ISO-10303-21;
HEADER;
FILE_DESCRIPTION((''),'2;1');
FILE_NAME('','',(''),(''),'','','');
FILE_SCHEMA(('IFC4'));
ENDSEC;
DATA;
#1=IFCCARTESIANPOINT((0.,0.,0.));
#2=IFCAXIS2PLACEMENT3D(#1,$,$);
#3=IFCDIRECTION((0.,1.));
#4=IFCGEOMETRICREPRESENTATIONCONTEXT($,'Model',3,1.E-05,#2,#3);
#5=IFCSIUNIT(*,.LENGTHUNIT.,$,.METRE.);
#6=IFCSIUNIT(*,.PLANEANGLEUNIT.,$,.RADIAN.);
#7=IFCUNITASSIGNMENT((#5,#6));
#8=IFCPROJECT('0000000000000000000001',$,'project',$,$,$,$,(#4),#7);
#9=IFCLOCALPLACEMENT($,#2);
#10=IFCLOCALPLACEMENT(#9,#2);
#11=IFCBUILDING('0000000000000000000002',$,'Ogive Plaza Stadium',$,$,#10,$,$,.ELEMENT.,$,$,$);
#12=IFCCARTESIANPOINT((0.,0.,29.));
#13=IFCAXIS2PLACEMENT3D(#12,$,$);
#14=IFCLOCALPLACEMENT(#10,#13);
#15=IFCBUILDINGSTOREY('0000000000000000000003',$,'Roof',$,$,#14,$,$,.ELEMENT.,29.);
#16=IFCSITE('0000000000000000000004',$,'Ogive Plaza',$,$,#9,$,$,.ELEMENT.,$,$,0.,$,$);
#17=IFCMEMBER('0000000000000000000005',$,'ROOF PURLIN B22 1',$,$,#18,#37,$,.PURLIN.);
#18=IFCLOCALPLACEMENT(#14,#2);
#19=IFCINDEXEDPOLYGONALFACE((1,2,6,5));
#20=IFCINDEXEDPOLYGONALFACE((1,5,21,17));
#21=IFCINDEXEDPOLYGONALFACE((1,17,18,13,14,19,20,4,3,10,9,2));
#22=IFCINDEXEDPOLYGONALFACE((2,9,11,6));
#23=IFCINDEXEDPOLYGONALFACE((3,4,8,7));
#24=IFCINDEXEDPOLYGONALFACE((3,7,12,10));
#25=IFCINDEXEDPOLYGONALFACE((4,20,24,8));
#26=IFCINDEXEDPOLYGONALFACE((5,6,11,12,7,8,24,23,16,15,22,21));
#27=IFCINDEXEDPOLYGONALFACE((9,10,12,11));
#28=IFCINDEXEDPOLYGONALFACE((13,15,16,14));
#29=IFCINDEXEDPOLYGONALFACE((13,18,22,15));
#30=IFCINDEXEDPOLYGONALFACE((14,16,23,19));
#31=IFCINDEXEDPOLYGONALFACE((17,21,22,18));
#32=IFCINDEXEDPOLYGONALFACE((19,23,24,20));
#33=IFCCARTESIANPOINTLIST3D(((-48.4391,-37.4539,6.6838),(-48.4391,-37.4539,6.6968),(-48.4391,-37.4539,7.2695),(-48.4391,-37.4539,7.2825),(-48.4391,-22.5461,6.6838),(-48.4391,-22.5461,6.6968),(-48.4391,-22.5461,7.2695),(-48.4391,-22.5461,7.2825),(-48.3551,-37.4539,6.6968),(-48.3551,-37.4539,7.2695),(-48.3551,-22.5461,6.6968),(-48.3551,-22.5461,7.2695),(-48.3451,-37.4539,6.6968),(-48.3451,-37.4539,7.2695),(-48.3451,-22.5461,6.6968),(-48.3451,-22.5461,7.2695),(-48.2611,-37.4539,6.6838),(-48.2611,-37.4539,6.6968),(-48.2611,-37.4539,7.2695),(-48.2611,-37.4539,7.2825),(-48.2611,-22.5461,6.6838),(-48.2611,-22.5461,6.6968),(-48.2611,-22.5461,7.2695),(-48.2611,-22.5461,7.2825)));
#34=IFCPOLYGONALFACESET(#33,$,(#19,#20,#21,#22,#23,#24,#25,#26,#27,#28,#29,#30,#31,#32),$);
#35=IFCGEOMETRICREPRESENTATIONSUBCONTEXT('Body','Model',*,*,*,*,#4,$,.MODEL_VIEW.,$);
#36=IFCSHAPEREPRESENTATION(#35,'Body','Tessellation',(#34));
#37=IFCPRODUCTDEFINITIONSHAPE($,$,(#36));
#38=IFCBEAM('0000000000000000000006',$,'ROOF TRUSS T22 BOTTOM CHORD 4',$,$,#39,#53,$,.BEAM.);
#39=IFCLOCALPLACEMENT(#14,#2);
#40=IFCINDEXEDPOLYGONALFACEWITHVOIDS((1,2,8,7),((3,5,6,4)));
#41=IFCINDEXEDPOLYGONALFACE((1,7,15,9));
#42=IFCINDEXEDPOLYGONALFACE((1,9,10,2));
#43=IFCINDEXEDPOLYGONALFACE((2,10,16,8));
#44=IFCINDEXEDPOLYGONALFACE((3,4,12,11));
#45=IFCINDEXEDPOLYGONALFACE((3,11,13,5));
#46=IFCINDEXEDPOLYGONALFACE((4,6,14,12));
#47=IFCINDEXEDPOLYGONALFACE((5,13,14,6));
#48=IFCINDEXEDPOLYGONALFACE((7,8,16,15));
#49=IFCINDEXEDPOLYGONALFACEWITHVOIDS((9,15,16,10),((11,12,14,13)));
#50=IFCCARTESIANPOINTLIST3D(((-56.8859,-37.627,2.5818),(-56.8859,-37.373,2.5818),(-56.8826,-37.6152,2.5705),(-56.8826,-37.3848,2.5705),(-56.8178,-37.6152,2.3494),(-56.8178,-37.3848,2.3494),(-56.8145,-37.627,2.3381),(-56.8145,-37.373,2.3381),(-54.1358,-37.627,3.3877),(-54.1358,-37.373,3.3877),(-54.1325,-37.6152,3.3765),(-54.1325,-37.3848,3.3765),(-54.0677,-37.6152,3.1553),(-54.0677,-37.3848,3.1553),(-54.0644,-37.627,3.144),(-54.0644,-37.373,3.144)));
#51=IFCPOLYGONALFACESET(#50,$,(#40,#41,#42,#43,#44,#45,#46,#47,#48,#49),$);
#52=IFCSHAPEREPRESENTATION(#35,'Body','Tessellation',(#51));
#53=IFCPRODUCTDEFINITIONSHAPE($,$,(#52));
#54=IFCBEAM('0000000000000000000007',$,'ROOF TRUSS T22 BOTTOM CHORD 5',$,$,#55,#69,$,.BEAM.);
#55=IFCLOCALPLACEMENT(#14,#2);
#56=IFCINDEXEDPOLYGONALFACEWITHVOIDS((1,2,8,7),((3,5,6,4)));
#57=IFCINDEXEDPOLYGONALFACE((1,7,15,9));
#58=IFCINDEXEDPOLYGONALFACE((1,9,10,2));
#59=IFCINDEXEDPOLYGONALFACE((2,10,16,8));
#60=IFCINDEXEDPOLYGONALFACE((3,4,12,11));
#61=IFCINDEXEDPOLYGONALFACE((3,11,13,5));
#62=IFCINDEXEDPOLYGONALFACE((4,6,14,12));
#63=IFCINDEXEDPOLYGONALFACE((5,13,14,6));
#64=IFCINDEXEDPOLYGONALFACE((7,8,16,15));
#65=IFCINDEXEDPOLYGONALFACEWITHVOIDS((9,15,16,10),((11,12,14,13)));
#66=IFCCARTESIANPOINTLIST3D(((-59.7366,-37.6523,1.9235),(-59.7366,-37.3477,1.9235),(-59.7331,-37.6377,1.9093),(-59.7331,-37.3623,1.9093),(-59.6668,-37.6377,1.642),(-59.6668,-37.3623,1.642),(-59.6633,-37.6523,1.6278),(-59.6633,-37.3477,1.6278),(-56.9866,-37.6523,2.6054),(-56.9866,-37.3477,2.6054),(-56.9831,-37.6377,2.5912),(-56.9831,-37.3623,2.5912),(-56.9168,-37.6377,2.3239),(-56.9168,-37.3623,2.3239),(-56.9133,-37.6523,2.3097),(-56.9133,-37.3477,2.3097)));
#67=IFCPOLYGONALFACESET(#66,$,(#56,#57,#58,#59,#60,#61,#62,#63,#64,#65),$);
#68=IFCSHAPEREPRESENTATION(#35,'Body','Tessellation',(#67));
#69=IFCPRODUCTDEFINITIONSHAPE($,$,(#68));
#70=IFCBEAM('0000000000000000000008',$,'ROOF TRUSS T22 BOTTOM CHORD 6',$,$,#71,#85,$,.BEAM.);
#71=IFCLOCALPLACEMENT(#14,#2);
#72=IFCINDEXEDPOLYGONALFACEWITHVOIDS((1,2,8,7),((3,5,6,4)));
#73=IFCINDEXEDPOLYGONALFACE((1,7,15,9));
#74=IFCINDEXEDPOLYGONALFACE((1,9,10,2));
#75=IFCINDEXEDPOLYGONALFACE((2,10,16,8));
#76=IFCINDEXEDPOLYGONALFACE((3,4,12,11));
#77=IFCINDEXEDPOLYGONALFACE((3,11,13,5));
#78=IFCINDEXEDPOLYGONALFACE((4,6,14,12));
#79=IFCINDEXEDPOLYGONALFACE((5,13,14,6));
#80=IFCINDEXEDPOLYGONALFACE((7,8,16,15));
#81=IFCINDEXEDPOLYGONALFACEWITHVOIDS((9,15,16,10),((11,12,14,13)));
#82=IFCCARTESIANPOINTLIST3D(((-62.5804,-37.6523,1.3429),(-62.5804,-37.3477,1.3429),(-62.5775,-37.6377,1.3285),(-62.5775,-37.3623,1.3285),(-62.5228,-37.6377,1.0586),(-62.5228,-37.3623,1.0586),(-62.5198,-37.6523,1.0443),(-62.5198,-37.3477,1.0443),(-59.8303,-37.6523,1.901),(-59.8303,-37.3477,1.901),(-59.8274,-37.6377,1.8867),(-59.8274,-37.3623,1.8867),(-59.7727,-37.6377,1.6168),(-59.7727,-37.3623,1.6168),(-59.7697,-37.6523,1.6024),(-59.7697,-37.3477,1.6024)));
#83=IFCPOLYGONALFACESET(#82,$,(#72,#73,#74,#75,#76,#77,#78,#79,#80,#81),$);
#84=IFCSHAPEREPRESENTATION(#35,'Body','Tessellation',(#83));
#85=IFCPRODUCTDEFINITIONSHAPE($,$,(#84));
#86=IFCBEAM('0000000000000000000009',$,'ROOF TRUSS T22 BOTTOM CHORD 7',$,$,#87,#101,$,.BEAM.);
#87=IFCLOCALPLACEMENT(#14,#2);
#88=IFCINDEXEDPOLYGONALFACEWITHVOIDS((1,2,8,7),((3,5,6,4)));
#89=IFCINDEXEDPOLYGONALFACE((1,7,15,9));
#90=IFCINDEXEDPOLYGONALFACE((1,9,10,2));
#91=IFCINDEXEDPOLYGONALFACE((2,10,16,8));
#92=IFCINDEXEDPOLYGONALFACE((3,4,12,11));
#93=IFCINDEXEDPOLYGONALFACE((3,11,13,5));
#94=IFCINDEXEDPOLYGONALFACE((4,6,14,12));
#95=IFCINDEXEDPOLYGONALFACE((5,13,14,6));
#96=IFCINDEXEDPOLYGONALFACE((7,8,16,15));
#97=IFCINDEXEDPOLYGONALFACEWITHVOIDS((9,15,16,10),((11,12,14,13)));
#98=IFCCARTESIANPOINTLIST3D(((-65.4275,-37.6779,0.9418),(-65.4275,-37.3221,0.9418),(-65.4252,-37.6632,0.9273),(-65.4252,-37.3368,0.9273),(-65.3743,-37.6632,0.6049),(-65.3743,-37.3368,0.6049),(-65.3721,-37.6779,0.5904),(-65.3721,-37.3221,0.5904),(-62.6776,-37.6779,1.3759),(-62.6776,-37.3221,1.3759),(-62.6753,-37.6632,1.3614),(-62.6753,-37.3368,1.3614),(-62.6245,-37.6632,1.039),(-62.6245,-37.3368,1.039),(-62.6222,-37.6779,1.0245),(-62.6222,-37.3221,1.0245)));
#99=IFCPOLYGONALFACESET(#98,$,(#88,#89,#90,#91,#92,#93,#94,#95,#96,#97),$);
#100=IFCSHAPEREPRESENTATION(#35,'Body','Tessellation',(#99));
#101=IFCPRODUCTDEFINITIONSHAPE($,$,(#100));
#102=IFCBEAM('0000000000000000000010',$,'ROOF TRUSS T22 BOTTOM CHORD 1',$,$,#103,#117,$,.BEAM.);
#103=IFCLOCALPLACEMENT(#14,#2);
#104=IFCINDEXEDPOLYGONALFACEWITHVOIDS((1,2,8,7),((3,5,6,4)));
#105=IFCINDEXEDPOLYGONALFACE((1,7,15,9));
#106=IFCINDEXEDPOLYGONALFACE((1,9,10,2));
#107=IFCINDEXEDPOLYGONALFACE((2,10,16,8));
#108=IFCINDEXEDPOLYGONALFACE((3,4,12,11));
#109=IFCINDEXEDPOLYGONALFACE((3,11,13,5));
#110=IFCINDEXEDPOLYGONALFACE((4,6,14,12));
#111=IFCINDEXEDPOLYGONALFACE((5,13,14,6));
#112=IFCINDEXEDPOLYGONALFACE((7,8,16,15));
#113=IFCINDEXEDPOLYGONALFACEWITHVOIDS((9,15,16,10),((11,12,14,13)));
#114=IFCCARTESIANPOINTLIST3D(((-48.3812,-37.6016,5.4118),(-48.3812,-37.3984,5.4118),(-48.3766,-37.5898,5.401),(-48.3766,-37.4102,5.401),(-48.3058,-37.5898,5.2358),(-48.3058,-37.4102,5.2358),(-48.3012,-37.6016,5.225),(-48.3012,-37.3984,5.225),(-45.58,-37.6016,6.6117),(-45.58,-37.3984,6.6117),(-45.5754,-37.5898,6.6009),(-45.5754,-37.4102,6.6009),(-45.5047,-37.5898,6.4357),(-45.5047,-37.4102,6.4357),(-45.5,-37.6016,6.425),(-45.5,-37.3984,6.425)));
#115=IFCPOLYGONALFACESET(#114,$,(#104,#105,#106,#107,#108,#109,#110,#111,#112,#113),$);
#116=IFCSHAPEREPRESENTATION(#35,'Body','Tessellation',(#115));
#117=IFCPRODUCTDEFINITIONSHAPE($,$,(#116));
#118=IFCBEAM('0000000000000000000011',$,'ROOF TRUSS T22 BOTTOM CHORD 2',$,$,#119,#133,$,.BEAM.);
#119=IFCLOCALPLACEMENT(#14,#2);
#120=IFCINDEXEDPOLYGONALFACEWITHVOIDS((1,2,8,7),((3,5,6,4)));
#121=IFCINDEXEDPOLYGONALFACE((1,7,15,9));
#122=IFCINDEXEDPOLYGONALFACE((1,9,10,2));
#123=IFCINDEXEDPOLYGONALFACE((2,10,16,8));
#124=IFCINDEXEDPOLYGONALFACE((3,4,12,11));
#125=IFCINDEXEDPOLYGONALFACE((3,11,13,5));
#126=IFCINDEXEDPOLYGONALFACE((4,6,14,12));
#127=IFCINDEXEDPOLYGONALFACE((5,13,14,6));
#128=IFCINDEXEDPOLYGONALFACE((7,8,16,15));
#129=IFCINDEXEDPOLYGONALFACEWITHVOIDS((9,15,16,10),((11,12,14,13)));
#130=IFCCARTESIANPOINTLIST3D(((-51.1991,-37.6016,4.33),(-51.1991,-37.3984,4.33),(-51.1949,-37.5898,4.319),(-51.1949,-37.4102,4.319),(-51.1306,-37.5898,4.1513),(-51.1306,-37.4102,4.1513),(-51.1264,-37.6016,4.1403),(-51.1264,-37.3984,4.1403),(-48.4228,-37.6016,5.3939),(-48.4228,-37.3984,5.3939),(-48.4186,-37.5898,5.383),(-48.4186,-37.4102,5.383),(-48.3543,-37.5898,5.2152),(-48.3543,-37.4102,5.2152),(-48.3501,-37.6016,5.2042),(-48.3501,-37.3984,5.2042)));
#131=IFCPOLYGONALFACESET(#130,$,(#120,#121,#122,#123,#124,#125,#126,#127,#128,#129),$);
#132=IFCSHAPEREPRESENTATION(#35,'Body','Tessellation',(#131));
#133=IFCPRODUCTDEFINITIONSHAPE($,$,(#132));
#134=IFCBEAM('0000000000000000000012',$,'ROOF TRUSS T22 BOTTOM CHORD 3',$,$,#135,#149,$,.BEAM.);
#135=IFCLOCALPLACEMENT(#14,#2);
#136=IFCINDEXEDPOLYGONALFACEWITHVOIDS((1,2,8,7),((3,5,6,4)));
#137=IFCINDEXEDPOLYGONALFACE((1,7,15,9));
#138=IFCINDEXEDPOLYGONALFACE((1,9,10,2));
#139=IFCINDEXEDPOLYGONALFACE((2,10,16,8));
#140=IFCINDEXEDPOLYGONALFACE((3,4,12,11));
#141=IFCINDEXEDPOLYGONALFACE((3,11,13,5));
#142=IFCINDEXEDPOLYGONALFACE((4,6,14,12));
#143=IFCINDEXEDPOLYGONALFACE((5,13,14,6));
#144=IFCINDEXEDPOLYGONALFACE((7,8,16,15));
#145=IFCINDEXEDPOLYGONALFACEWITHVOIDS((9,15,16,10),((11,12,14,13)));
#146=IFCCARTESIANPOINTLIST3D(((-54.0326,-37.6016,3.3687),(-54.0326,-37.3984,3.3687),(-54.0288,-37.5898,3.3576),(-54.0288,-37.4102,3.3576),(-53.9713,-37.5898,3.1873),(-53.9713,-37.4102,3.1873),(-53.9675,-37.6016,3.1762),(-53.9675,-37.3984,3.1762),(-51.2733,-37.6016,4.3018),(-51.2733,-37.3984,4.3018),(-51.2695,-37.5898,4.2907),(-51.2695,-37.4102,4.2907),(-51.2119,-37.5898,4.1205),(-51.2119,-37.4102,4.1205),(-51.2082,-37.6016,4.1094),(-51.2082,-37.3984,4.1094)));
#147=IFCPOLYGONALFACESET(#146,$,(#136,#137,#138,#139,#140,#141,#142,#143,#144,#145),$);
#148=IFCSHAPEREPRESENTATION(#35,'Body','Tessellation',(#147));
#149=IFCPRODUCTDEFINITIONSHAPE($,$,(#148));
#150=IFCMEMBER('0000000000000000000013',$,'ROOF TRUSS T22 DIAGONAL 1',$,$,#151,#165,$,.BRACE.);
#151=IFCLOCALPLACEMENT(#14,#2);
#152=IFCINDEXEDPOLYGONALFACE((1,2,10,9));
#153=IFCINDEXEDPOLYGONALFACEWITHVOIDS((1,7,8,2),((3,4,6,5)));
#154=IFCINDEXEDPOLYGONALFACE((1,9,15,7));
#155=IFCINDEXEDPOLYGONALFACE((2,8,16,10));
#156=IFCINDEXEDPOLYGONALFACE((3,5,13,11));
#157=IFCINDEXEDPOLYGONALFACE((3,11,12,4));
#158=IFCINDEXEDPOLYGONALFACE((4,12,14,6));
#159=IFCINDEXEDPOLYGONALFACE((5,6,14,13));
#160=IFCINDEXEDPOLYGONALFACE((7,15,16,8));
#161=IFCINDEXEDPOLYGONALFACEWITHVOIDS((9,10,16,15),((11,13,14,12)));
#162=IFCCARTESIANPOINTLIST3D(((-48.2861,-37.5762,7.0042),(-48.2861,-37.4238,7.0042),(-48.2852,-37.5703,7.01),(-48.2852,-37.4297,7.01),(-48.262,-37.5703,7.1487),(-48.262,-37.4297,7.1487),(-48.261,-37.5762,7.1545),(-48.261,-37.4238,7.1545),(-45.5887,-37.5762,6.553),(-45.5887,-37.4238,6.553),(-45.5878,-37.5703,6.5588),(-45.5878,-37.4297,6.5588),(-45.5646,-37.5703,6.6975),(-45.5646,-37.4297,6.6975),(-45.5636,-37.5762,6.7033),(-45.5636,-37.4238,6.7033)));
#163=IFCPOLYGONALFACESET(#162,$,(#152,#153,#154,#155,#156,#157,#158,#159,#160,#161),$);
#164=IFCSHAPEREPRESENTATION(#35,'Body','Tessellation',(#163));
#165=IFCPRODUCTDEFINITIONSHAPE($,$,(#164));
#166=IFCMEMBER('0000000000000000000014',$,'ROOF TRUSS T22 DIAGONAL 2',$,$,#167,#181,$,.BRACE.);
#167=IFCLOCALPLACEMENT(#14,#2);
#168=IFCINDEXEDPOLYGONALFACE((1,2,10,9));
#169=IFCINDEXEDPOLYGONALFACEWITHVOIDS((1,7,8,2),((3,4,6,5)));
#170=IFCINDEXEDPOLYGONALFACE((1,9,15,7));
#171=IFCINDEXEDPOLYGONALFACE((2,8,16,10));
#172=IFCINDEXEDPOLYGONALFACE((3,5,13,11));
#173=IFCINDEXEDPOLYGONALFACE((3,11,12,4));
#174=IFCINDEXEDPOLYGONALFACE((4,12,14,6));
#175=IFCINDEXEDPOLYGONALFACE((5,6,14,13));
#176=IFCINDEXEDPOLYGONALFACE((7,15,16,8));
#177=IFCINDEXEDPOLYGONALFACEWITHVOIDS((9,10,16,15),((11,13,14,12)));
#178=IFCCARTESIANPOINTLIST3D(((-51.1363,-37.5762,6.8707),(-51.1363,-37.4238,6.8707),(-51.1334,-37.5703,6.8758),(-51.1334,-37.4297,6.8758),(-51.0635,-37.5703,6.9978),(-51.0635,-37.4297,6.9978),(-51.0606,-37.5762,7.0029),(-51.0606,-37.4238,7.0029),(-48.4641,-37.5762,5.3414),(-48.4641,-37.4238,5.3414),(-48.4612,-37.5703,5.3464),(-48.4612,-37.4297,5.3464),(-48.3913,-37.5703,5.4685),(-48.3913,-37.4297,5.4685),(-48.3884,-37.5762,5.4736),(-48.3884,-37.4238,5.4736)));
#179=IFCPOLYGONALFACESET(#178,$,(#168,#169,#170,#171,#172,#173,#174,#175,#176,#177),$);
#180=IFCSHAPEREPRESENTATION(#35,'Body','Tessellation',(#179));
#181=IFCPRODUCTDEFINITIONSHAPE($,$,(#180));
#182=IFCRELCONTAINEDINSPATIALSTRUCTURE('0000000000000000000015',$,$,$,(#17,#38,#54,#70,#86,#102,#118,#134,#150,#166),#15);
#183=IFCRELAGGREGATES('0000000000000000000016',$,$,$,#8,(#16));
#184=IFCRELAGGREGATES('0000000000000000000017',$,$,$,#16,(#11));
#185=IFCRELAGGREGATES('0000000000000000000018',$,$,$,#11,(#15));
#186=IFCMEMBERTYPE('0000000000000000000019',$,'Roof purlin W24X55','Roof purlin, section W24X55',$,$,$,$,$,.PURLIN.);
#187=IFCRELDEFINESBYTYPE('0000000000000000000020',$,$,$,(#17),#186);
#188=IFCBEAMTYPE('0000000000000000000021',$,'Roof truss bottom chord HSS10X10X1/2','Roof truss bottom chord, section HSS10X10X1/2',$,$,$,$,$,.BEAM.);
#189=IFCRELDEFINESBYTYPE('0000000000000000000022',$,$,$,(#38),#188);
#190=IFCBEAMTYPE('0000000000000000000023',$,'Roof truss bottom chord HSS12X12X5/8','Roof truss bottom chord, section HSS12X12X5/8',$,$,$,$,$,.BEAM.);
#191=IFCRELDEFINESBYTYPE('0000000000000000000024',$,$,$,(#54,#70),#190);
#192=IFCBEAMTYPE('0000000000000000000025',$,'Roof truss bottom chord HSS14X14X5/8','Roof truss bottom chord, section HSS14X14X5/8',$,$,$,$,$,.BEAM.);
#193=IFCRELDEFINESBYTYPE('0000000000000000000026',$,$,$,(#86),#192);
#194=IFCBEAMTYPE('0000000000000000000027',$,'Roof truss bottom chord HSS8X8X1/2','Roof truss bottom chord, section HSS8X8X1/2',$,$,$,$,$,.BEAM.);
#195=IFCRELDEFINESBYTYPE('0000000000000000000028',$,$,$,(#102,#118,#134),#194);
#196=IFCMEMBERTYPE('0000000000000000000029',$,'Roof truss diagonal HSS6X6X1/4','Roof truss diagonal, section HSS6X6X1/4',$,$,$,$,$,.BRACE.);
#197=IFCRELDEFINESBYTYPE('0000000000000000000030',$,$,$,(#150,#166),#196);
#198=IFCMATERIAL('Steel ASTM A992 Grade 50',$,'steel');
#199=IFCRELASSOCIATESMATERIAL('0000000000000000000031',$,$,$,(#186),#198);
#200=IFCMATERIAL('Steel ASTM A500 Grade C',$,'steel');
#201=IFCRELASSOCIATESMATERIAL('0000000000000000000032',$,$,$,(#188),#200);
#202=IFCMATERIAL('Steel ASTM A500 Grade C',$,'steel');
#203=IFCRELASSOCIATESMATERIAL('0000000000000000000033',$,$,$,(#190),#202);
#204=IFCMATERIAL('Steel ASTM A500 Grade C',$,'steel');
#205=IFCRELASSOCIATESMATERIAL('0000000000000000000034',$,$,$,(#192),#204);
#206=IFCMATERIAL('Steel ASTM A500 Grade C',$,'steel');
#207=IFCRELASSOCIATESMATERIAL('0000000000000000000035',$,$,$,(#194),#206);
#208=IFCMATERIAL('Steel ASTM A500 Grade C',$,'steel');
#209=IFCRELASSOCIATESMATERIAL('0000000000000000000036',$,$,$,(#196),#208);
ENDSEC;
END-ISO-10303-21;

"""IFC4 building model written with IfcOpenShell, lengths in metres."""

from ifc_helpers import new_model, si_unit, direction, frame, origin, origin_2d, place, context, subcontext, project, spatial, hollow_rectangle, i_section, extrude, material, material_profile, profile_set, type_object, element, save


model = new_model("IFC4")

# Units and contexts
model_context = context("Model", 3, precision=1e-05, world=origin(), true_north=direction((0.0, 1.0)))
body_context = subcontext(model_context, "Body", "Model", "MODEL_VIEW")
ifc_project = project(units=[si_unit("LENGTHUNIT", "METRE"), si_unit("PLANEANGLEUNIT", "RADIAN")], contexts=[model_context])

# Site, building, storey
site_placement = place(None, origin())
site = spatial("IfcSite", under=ifc_project, at=site_placement, Name="Ogive Plaza", CompositionType="ELEMENT", RefElevation=0.0)
building_placement = place(site_placement, origin())
building = spatial("IfcBuilding", under=site, at=building_placement, Name="Ogive Plaza Stadium", CompositionType="ELEMENT")
storey_placement = place(building_placement, frame((0.0, 0.0, 29.0)))
storey = spatial("IfcBuildingStorey", under=building, at=storey_placement, Name="Roof", CompositionType="ELEMENT", Elevation=29.0)

# Member
ifc_material_1 = material(Name="Steel ASTM A992 Grade 50", Category="steel")
ifc_material_profile_1 = material_profile(ifc_material_1, i_section(OverallWidth=0.178, OverallDepth=0.5986, WebThickness=0.01, FlangeThickness=0.0129, at=origin_2d()), Name="W24X55")
ifc_profile_set_1 = profile_set([ifc_material_profile_1], Name="Steel ASTM A992 Grade 50")
member_type_1 = type_object("IfcMemberType", Name="Roof purlin W24X55", Description="Roof purlin, section W24X55", PredefinedType="PURLIN", material=ifc_profile_set_1)
member_1_placement = place(storey_placement, frame((-48.3501, -37.4539, 6.9832), z_axis=(0.0, 1.0, 0.0), x_axis=(-1.0, 0.0, 0.0)))
element("IfcMember", 1, at=member_1_placement, inside=storey, type_object=member_type_1, Name="ROOF PURLIN B22 1", PredefinedType="PURLIN", context=body_context, shape_type="SweptSolid", body=[
    extrude(i_section(OverallWidth=0.178, OverallDepth=0.5986, WebThickness=0.01, FlangeThickness=0.0129, at=origin_2d()), origin(), (0.0, 0.0, 1.0), 14.9077),
])

# Beams
ifc_material_2 = material(Name="Steel ASTM A500 Grade C", Category="steel")
ifc_material_profile_2 = material_profile(ifc_material_2, hollow_rectangle(XDim=0.2539, YDim=0.2539, WallThickness=0.0117, at=origin_2d()), Name="HSS10X10X1/2")
ifc_profile_set_2 = profile_set([ifc_material_profile_2], Name="Steel ASTM A500 Grade C")
beam_type_1 = type_object("IfcBeamType", Name="Roof truss bottom chord HSS10X10X1/2", Description="Roof truss bottom chord, section HSS10X10X1/2", PredefinedType="BEAM", material=ifc_profile_set_2)
beam_1_placement = place(storey_placement, frame((-54.1001, -37.5, 3.2659), z_axis=(-0.95964, 0.0, -0.28123), x_axis=(0.0, -1.0, 0.0)))
element("IfcBeam", 2, at=beam_1_placement, inside=storey, type_object=beam_type_1, Name="ROOF TRUSS T22 BOTTOM CHORD 4", PredefinedType="BEAM", context=body_context, shape_type="SweptSolid", body=[
    extrude(hollow_rectangle(XDim=0.2539, YDim=0.2539, WallThickness=0.0117, at=origin_2d()), origin(), (0.0, 0.0, 1.0), 2.8657),
])
ifc_material_3 = material(Name="Steel ASTM A500 Grade C", Category="steel")
ifc_material_profile_3 = material_profile(ifc_material_3, hollow_rectangle(XDim=0.3047, YDim=0.3047, WallThickness=0.0146, at=origin_2d()), Name="HSS12X12X5/8")
ifc_profile_set_3 = profile_set([ifc_material_profile_3], Name="Steel ASTM A500 Grade C")
beam_type_2 = type_object("IfcBeamType", Name="Roof truss bottom chord HSS12X12X5/8", Description="Roof truss bottom chord, section HSS12X12X5/8", PredefinedType="BEAM", material=ifc_profile_set_3)
beam_2_placement = place(storey_placement, frame((-56.95, -37.5, 2.4575), z_axis=(-0.970607, 0.0, -0.24067), x_axis=(0.0, -1.0, 0.0)))
element("IfcBeam", 3, at=beam_2_placement, inside=storey, type_object=beam_type_2, Name="ROOF TRUSS T22 BOTTOM CHORD 5", PredefinedType="BEAM", context=body_context, shape_type="SweptSolid", body=[
    extrude(hollow_rectangle(XDim=0.3047, YDim=0.3047, WallThickness=0.0146, at=origin_2d()), origin(), (0.0, 0.0, 1.0), 2.8333),
])
beam_3_placement = place(storey_placement, frame((-59.8, -37.5, 1.7517), z_axis=(-0.980021, 0.0, -0.198893), x_axis=(0.0, -1.0, 0.0)))
element("IfcBeam", 4, at=beam_3_placement, inside=storey, type_object=beam_type_2, Name="ROOF TRUSS T22 BOTTOM CHORD 6", PredefinedType="BEAM", context=body_context, shape_type="SweptSolid", body=[
    extrude(hollow_rectangle(XDim=0.3047, YDim=0.3047, WallThickness=0.0146, at=origin_2d()), origin(), (0.0, 0.0, 1.0), 2.8062),
])
ifc_material_4 = material(Name="Steel ASTM A500 Grade C", Category="steel")
ifc_material_profile_4 = material_profile(ifc_material_4, hollow_rectangle(XDim=0.3557, YDim=0.3557, WallThickness=0.0146, at=origin_2d()), Name="HSS14X14X5/8")
ifc_profile_set_4 = profile_set([ifc_material_profile_4], Name="Steel ASTM A500 Grade C")
beam_type_3 = type_object("IfcBeamType", Name="Roof truss bottom chord HSS14X14X5/8", Description="Roof truss bottom chord, section HSS14X14X5/8", PredefinedType="BEAM", material=ifc_profile_set_4)
beam_4_placement = place(storey_placement, frame((-62.6499, -37.5, 1.2002), z_axis=(-0.98777, 0.0, -0.155918), x_axis=(0.0, -1.0, 0.0)))
element("IfcBeam", 5, at=beam_4_placement, inside=storey, type_object=beam_type_3, Name="ROOF TRUSS T22 BOTTOM CHORD 7", PredefinedType="BEAM", context=body_context, shape_type="SweptSolid", body=[
    extrude(hollow_rectangle(XDim=0.3557, YDim=0.3557, WallThickness=0.0146, at=origin_2d()), origin(), (0.0, 0.0, 1.0), 2.7839),
])
ifc_material_5 = material(Name="Steel ASTM A500 Grade C", Category="steel")
ifc_material_profile_5 = material_profile(ifc_material_5, hollow_rectangle(XDim=0.2031, YDim=0.2031, WallThickness=0.0117, at=origin_2d()), Name="HSS8X8X1/2")
ifc_profile_set_5 = profile_set([ifc_material_profile_5], Name="Steel ASTM A500 Grade C")
beam_type_4 = type_object("IfcBeamType", Name="Roof truss bottom chord HSS8X8X1/2", Description="Roof truss bottom chord, section HSS8X8X1/2", PredefinedType="BEAM", material=ifc_profile_set_5)
beam_5_placement = place(storey_placement, frame((-45.54, -37.5, 6.5183), z_axis=(-0.919215, 0.0, -0.393755), x_axis=(0.0, -1.0, 0.0)))
element("IfcBeam", 6, at=beam_5_placement, inside=storey, type_object=beam_type_4, Name="ROOF TRUSS T22 BOTTOM CHORD 1", PredefinedType="BEAM", context=body_context, shape_type="SweptSolid", body=[
    extrude(hollow_rectangle(XDim=0.2031, YDim=0.2031, WallThickness=0.0117, at=origin_2d()), origin(), (0.0, 0.0, 1.0), 3.0474),
])
beam_6_placement = place(storey_placement, frame((-48.3865, -37.5, 5.2991), z_axis=(-0.933781, 0.0, -0.357845), x_axis=(0.0, -1.0, 0.0)))
element("IfcBeam", 7, at=beam_6_placement, inside=storey, type_object=beam_type_4, Name="ROOF TRUSS T22 BOTTOM CHORD 2", PredefinedType="BEAM", context=body_context, shape_type="SweptSolid", body=[
    extrude(hollow_rectangle(XDim=0.2031, YDim=0.2031, WallThickness=0.0117, at=origin_2d()), origin(), (0.0, 0.0, 1.0), 2.9731),
])
beam_7_placement = place(storey_placement, frame((-51.2407, -37.5, 4.2056), z_axis=(-0.9473, 0.0, -0.320349), x_axis=(0.0, -1.0, 0.0)))
element("IfcBeam", 8, at=beam_7_placement, inside=storey, type_object=beam_type_4, Name="ROOF TRUSS T22 BOTTOM CHORD 3", PredefinedType="BEAM", context=body_context, shape_type="SweptSolid", body=[
    extrude(hollow_rectangle(XDim=0.2031, YDim=0.2031, WallThickness=0.0117, at=origin_2d()), origin(), (0.0, 0.0, 1.0), 2.9128),
])

# Members
ifc_material_6 = material(Name="Steel ASTM A500 Grade C", Category="steel")
ifc_material_profile_6 = material_profile(ifc_material_6, hollow_rectangle(XDim=0.1523, YDim=0.1523, WallThickness=0.0059, at=origin_2d()), Name="HSS6X6X1/4")
ifc_profile_set_6 = profile_set([ifc_material_profile_6], Name="Steel ASTM A500 Grade C")
member_type_2 = type_object("IfcMemberType", Name="Roof truss diagonal HSS6X6X1/4", Description="Roof truss diagonal, section HSS6X6X1/4", PredefinedType="BRACE", material=ifc_profile_set_6)
member_2_placement = place(storey_placement, frame((-45.5762, -37.5, 6.6282), z_axis=(-0.9863, 0.0, 0.164964), x_axis=(0.0, -1.0, 0.0)))
element("IfcMember", 9, at=member_2_placement, inside=storey, type_object=member_type_2, Name="ROOF TRUSS T22 DIAGONAL 1", PredefinedType="BRACE", context=body_context, shape_type="SweptSolid", body=[
    extrude(hollow_rectangle(XDim=0.1523, YDim=0.1523, WallThickness=0.0059, at=origin_2d()), origin(), (0.0, 0.0, 1.0), 2.7349),
])
member_3_placement = place(storey_placement, frame((-48.4263, -37.5, 5.4075), z_axis=(-0.867911, 0.0, 0.49672), x_axis=(0.0, -1.0, 0.0)))
element("IfcMember", 10, at=member_3_placement, inside=storey, type_object=member_type_2, Name="ROOF TRUSS T22 DIAGONAL 2", PredefinedType="BRACE", context=body_context, shape_type="SweptSolid", body=[
    extrude(hollow_rectangle(XDim=0.1523, YDim=0.1523, WallThickness=0.0059, at=origin_2d()), origin(), (0.0, 0.0, 1.0), 3.0789),
])

save(model, "model.ifc")
